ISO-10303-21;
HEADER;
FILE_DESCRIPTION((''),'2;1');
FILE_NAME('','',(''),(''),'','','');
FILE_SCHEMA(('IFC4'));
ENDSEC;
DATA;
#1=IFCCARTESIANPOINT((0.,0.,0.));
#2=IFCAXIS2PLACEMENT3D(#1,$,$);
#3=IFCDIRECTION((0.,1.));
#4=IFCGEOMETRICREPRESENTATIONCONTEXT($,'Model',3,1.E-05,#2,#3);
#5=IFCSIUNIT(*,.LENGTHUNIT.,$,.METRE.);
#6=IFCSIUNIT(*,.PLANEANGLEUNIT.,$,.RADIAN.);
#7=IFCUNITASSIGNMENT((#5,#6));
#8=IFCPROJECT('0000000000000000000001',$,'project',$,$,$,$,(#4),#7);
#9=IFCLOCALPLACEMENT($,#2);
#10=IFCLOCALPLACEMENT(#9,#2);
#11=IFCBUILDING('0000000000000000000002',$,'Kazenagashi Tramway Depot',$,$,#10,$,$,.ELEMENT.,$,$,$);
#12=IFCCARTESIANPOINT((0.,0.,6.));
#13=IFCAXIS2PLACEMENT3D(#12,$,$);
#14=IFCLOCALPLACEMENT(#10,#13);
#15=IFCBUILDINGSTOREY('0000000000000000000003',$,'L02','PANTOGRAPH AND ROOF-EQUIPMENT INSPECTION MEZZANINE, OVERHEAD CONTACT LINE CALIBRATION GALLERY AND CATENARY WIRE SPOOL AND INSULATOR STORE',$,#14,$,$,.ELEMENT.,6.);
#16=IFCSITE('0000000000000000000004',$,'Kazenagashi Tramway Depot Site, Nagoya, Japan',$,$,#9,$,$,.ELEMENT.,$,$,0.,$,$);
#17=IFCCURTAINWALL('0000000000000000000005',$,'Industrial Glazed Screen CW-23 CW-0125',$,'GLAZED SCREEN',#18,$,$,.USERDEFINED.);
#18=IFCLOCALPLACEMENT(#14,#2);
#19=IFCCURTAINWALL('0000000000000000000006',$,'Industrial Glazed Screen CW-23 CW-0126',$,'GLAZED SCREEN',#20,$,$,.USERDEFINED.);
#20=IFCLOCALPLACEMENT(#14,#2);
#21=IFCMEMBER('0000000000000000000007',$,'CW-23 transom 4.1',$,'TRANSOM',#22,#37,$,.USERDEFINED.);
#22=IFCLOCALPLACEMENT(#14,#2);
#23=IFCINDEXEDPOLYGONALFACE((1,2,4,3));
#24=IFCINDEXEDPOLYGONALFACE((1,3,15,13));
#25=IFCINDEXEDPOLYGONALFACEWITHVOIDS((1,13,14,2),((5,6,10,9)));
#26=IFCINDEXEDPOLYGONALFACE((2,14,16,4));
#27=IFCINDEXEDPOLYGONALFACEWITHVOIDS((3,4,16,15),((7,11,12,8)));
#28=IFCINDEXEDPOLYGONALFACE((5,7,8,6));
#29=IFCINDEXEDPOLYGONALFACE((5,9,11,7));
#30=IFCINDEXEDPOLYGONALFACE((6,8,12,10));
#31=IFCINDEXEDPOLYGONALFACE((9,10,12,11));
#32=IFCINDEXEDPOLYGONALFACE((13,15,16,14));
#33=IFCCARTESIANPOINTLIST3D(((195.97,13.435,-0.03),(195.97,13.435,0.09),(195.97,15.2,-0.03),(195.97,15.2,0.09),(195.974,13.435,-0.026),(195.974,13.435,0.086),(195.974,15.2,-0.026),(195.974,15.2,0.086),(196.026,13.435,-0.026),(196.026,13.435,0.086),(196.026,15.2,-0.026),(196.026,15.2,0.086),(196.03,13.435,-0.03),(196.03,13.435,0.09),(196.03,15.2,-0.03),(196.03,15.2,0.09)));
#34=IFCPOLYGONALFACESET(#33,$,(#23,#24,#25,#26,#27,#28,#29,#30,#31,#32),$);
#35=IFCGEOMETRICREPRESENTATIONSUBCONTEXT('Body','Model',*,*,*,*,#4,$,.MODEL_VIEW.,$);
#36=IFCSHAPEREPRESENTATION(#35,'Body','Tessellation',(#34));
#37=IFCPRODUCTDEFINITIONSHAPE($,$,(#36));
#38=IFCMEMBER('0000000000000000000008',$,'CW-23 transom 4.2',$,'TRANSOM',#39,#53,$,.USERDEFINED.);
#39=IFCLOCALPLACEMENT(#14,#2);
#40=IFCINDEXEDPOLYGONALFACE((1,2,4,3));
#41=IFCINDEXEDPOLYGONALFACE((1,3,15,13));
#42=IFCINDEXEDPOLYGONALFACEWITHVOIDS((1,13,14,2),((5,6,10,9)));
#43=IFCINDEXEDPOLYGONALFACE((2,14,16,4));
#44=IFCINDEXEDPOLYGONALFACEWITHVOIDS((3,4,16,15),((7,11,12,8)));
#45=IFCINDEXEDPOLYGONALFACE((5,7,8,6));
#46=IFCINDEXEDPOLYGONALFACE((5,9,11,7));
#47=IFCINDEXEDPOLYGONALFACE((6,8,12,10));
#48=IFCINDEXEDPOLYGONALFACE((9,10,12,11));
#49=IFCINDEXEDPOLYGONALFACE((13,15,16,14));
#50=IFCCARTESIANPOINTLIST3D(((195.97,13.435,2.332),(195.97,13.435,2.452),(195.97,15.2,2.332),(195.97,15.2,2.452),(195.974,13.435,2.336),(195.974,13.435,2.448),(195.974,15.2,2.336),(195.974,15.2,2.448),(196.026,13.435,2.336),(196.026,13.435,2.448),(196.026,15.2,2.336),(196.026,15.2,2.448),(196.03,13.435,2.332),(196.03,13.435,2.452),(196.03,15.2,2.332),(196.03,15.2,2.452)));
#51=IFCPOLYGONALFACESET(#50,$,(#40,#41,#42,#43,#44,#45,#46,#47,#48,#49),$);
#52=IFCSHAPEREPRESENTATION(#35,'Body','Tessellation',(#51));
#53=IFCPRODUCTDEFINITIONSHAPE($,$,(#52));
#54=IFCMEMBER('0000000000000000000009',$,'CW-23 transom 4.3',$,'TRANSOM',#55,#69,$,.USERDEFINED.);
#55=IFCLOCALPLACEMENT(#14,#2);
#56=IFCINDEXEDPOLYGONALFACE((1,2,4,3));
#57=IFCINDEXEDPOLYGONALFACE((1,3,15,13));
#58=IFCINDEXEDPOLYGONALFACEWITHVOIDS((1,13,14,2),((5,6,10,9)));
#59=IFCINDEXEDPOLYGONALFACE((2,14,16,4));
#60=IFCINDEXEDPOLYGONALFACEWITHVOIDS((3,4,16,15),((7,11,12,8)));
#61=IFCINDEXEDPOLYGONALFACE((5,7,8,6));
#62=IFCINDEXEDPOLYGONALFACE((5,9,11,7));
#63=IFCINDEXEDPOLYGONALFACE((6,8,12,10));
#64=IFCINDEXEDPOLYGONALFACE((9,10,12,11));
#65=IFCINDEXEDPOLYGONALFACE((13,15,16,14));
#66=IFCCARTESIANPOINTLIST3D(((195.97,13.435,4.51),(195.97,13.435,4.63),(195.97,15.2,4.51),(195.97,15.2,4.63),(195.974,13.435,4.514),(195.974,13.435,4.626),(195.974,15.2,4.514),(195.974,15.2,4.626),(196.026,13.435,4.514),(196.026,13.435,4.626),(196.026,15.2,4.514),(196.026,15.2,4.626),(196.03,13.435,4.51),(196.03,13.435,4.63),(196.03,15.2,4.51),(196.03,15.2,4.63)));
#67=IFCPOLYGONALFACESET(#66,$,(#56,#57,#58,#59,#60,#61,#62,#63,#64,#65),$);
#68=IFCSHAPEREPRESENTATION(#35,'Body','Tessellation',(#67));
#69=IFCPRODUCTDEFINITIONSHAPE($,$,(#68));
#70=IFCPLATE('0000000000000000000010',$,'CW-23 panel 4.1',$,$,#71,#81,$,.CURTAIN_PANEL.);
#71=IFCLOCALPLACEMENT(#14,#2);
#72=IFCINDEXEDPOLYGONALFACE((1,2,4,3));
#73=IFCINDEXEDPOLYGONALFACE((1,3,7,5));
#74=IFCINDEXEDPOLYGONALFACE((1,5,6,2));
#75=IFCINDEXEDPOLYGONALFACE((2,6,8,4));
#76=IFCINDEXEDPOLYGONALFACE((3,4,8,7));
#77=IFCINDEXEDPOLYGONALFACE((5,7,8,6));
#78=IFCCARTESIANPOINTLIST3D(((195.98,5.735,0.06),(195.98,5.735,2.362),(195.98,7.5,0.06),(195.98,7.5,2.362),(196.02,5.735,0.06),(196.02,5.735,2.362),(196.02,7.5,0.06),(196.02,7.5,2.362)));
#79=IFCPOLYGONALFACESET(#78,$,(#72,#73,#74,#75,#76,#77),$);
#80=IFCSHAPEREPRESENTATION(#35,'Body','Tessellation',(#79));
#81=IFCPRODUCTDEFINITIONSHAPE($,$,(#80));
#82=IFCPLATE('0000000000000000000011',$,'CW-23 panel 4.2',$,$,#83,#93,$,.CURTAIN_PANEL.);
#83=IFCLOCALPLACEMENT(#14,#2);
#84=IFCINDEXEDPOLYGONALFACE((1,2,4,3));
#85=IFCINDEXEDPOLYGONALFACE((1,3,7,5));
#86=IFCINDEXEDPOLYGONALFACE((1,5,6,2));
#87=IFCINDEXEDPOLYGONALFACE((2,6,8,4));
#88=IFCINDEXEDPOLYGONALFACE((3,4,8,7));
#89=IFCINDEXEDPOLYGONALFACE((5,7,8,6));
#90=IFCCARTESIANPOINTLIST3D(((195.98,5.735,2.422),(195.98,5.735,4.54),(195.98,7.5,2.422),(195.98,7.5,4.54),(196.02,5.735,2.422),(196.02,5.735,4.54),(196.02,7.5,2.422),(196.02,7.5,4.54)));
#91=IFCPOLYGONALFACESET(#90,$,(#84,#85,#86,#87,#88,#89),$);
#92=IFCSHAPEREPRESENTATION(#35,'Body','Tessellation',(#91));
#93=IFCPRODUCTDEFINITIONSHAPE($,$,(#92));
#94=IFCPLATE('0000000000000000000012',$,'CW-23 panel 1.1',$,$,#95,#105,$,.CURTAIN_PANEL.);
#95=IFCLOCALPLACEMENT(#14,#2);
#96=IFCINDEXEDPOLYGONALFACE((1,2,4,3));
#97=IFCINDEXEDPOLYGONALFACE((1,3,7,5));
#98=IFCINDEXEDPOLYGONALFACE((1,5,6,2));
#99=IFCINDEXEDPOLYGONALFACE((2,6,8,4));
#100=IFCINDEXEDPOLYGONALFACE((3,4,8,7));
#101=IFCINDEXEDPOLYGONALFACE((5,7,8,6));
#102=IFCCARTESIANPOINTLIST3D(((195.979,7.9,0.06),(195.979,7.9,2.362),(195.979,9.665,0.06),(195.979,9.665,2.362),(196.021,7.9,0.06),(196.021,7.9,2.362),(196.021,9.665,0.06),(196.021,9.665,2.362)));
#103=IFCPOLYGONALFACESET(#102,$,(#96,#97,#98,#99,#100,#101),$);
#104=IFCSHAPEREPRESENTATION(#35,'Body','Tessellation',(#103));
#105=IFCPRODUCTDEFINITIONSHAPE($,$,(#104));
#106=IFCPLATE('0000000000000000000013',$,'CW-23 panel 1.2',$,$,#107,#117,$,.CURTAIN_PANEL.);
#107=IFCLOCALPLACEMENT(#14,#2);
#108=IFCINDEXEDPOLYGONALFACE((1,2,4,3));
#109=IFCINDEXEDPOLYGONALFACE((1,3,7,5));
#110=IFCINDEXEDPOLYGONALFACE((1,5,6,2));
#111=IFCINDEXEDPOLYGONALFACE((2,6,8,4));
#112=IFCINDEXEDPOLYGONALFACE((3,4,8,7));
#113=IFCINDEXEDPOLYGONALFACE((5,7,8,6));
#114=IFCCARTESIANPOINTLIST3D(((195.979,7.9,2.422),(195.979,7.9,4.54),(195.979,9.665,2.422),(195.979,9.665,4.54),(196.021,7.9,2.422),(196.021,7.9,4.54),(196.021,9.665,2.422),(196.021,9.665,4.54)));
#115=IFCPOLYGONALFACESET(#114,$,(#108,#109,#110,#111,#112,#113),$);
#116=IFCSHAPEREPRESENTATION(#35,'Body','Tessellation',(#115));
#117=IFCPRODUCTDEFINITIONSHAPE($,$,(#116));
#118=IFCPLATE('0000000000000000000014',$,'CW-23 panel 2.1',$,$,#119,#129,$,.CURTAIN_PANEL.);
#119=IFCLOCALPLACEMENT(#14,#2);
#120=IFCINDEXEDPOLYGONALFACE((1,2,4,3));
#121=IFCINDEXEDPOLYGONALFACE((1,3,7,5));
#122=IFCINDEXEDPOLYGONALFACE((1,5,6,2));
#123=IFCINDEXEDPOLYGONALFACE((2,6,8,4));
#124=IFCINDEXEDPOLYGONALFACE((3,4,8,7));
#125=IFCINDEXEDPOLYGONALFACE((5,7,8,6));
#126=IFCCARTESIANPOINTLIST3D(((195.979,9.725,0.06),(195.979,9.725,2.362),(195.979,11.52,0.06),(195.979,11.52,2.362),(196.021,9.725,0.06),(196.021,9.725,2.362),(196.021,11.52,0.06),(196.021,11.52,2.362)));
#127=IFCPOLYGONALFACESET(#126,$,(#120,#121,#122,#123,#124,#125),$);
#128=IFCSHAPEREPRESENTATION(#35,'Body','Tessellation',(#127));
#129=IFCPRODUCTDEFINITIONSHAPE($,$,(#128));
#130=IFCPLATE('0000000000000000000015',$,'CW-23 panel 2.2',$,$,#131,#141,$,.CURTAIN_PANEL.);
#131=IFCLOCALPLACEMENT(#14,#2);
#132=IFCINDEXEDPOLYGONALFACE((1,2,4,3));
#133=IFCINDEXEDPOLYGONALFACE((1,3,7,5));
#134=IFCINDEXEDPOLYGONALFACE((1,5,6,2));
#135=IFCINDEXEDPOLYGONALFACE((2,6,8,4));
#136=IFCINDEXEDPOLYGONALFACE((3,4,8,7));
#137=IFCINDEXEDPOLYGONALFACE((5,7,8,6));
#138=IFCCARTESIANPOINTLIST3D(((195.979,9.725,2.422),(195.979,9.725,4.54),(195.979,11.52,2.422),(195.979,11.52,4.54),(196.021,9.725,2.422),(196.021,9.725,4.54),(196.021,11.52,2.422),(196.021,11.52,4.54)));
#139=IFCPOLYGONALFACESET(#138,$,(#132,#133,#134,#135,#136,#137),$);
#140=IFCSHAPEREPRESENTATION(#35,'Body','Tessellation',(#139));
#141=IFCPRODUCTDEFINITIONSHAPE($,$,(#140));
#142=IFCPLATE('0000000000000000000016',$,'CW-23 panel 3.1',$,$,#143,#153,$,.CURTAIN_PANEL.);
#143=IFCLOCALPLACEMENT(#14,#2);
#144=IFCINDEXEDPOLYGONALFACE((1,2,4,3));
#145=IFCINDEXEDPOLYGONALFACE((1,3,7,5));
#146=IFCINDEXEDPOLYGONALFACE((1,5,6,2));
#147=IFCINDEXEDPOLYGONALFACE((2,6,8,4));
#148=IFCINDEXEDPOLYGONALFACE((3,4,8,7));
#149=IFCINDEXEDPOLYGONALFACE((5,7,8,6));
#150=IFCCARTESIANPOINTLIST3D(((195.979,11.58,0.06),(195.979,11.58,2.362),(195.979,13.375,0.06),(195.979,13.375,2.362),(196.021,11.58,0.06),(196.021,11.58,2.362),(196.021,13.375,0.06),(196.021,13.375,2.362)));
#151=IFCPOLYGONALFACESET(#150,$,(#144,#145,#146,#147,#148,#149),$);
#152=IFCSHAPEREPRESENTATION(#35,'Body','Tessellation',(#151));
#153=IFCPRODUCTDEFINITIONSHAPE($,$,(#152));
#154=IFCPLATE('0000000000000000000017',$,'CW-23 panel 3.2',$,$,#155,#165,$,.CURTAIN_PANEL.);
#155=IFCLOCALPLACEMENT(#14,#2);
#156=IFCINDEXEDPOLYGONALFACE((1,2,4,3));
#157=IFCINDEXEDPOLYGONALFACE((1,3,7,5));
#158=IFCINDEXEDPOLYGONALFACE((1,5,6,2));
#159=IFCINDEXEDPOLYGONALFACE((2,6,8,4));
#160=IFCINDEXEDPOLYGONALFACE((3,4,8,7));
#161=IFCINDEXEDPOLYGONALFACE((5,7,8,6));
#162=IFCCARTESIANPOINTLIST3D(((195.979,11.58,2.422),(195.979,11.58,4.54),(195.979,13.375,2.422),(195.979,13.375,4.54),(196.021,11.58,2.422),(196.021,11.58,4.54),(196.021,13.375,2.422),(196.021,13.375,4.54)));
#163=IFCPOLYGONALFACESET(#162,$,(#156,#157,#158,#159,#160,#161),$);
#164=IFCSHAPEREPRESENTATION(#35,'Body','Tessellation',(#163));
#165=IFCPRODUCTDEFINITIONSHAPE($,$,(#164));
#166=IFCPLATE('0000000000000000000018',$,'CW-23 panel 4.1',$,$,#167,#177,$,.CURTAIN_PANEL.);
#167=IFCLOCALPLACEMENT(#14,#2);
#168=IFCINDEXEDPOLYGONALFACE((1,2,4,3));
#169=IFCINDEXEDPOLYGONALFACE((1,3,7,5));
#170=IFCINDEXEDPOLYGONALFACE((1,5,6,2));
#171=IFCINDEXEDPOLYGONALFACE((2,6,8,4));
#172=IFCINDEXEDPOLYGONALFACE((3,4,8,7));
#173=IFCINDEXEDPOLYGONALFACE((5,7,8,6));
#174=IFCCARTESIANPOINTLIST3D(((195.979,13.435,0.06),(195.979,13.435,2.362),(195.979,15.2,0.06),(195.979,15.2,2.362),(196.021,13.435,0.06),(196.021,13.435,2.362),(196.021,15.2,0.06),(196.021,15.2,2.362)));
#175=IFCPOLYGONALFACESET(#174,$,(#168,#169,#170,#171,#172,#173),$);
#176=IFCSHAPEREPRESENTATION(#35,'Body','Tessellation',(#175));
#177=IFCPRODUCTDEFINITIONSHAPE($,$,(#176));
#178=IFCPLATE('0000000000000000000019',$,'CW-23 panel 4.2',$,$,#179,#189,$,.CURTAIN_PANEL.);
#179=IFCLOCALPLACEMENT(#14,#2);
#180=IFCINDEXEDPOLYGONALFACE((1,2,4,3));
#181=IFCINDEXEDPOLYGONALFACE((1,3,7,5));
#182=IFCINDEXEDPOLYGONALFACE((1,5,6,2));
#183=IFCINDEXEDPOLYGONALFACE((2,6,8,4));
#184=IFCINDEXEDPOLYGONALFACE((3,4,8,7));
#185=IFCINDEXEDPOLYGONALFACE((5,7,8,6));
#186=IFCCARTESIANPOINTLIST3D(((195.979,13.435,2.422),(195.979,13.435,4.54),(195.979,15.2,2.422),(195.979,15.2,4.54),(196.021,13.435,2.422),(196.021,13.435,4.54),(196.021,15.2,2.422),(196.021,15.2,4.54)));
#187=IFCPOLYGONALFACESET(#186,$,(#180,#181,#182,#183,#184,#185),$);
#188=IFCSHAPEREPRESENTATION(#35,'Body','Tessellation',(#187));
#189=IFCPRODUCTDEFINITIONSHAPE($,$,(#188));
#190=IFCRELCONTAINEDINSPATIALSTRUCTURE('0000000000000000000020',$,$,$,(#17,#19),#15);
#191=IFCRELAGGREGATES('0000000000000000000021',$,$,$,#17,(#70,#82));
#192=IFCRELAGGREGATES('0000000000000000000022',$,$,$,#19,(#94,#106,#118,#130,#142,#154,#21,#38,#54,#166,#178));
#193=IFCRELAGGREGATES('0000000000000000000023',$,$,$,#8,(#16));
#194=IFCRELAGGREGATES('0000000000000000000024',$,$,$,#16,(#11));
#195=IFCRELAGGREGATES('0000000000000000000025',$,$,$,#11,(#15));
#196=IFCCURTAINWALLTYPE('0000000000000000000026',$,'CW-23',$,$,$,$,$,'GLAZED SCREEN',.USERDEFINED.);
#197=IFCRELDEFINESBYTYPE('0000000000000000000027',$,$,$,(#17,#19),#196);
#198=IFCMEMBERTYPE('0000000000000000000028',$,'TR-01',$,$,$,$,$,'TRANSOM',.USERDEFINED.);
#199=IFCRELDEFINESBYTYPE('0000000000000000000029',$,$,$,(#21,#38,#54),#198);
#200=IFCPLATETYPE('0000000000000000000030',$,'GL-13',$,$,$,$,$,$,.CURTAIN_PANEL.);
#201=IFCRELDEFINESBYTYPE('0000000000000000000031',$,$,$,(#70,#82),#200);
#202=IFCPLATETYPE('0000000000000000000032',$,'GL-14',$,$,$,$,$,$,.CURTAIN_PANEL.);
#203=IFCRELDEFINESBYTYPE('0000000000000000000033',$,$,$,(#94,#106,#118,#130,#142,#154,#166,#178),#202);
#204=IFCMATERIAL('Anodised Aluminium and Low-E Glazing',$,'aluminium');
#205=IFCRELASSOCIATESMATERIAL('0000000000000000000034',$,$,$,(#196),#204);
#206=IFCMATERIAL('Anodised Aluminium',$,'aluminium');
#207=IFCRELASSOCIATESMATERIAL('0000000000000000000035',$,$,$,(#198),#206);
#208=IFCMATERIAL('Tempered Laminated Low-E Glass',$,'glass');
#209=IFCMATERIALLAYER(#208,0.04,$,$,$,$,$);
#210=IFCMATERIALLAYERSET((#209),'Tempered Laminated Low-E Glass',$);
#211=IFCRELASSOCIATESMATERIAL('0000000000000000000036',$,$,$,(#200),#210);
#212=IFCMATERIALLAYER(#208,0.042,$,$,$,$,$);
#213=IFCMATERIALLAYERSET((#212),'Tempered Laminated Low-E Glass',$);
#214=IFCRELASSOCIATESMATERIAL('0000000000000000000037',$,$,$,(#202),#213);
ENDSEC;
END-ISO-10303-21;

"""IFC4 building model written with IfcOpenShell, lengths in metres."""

from ifc_helpers import new_model, si_unit, direction, frame, origin, origin_2d, place, context, subcontext, project, spatial, rectangle, hollow_rectangle, extrude, material, layer, layer_set, material_profile, profile_set, type_object, element, aggregate, save


model = new_model("IFC4")

# Units and contexts
model_context = context("Model", 3, precision=1e-05, world=origin(), true_north=direction((0.0, 1.0)))
body_context = subcontext(model_context, "Body", "Model", "MODEL_VIEW")
ifc_project = project(units=[si_unit("LENGTHUNIT", "METRE"), si_unit("PLANEANGLEUNIT", "RADIAN")], contexts=[model_context])

# Site, building, storey
site_placement = place(None, origin())
site = spatial("IfcSite", under=ifc_project, at=site_placement, Name="Kazenagashi Tramway Depot Site, Nagoya, Japan", CompositionType="ELEMENT", RefElevation=0.0)
building_placement = place(site_placement, origin())
building = spatial("IfcBuilding", under=site, at=building_placement, Name="Kazenagashi Tramway Depot", CompositionType="ELEMENT")
storey_placement = place(building_placement, frame((0.0, 0.0, 6.0)))
storey = spatial("IfcBuildingStorey", under=building, at=storey_placement, Name="L02", Description="PANTOGRAPH AND ROOF-EQUIPMENT INSPECTION MEZZANINE, OVERHEAD CONTACT LINE CALIBRATION GALLERY AND CATENARY WIRE SPOOL AND INSULATOR STORE", CompositionType="ELEMENT", Elevation=6.0)

# Curtain wall
ifc_material_1 = material(Name="Anodised Aluminium and Low-E Glazing", Category="aluminium")
curtain_wall_type = type_object("IfcCurtainWallType", Name="CW-23", ElementType="GLAZED SCREEN", PredefinedType="USERDEFINED", material=ifc_material_1)
curtain_wall_1_placement = place(storey_placement, origin())
curtain_wall_1 = element("IfcCurtainWall", 1, at=curtain_wall_1_placement, inside=storey, type_object=curtain_wall_type, Name="Industrial Glazed Screen CW-23 CW-0125", ObjectType="GLAZED SCREEN", PredefinedType="USERDEFINED")
ifc_material_2 = material(Name="Anodised Aluminium", Category="aluminium")

# Curtain wall
curtain_wall_2_placement = place(storey_placement, origin())
curtain_wall_2 = element("IfcCurtainWall", 2, at=curtain_wall_2_placement, inside=storey, type_object=curtain_wall_type, Name="Industrial Glazed Screen CW-23 CW-0126", ObjectType="GLAZED SCREEN", PredefinedType="USERDEFINED")

# Members
ifc_material_profile_1 = material_profile(ifc_material_2, hollow_rectangle(XDim=0.06, YDim=0.12, WallThickness=0.004, at=origin_2d()), Name="RHS-120x60x4")
ifc_profile_set_1 = profile_set([ifc_material_profile_1], Name="Anodised Aluminium")
member_type_1 = type_object("IfcMemberType", Name="TR-01", ElementType="TRANSOM", PredefinedType="USERDEFINED", material=ifc_profile_set_1)
member_1_placement = place(storey_placement, frame((196.0, 13.435, 0.03), z_axis=(0.0, 1.0, 0.0), x_axis=(-1.0, 0.0, 0.0)))
member_1 = element("IfcMember", 3, at=member_1_placement, type_object=member_type_1, Name="CW-23 transom 4.1", ObjectType="TRANSOM", PredefinedType="USERDEFINED", context=body_context, shape_type="SweptSolid", body=[
    extrude(hollow_rectangle(XDim=0.06, YDim=0.12, WallThickness=0.004, at=origin_2d()), origin(), (0.0, 0.0, 1.0), 1.765),
])
member_2_placement = place(storey_placement, frame((196.0, 13.435, 2.392), z_axis=(0.0, 1.0, 0.0), x_axis=(-1.0, 0.0, 0.0)))
member_2 = element("IfcMember", 4, at=member_2_placement, type_object=member_type_1, Name="CW-23 transom 4.2", ObjectType="TRANSOM", PredefinedType="USERDEFINED", context=body_context, shape_type="SweptSolid", body=[
    extrude(hollow_rectangle(XDim=0.06, YDim=0.12, WallThickness=0.004, at=origin_2d()), origin(), (0.0, 0.0, 1.0), 1.765),
])
member_3_placement = place(storey_placement, frame((196.0, 13.435, 4.57), z_axis=(0.0, 1.0, 0.0), x_axis=(-1.0, 0.0, 0.0)))
member_3 = element("IfcMember", 5, at=member_3_placement, type_object=member_type_1, Name="CW-23 transom 4.3", ObjectType="TRANSOM", PredefinedType="USERDEFINED", context=body_context, shape_type="SweptSolid", body=[
    extrude(hollow_rectangle(XDim=0.06, YDim=0.12, WallThickness=0.004, at=origin_2d()), origin(), (0.0, 0.0, 1.0), 1.765),
])

# Plates
ifc_material_3 = material(Name="Tempered Laminated Low-E Glass", Category="glass")
ifc_layer_1 = layer(ifc_material_3, 0.04)
ifc_layer_set_1 = layer_set([ifc_layer_1], Name="Tempered Laminated Low-E Glass")
plate_type_1 = type_object("IfcPlateType", Name="GL-13", PredefinedType="CURTAIN_PANEL", material=ifc_layer_set_1)
plate_1_placement = place(storey_placement, frame((196.0, 6.6175, 0.06), z_axis=(0.0, 0.0, 1.0), x_axis=(0.0, 1.0, 0.0)))
plate_1 = element("IfcPlate", 6, at=plate_1_placement, type_object=plate_type_1, Name="CW-23 panel 4.1", PredefinedType="CURTAIN_PANEL", context=body_context, shape_type="SweptSolid", body=[
    extrude(rectangle(XDim=1.765, YDim=0.04, at=origin_2d()), origin(), (0.0, 0.0, 1.0), 2.302),
])
plate_2_placement = place(storey_placement, frame((196.0, 6.6175, 2.422), z_axis=(0.0, 0.0, 1.0), x_axis=(0.0, 1.0, 0.0)))
plate_2 = element("IfcPlate", 7, at=plate_2_placement, type_object=plate_type_1, Name="CW-23 panel 4.2", PredefinedType="CURTAIN_PANEL", context=body_context, shape_type="SweptSolid", body=[
    extrude(rectangle(XDim=1.765, YDim=0.04, at=origin_2d()), origin(), (0.0, 0.0, 1.0), 2.118),
])
aggregate(curtain_wall_1, [plate_1, plate_2])
ifc_layer_2 = layer(ifc_material_3, 0.042)
ifc_layer_set_2 = layer_set([ifc_layer_2], Name="Tempered Laminated Low-E Glass")
plate_type_2 = type_object("IfcPlateType", Name="GL-14", PredefinedType="CURTAIN_PANEL", material=ifc_layer_set_2)
plate_3_placement = place(storey_placement, frame((196.0, 8.7825, 0.06), z_axis=(0.0, 0.0, 1.0), x_axis=(0.0, 1.0, 0.0)))
plate_3 = element("IfcPlate", 8, at=plate_3_placement, type_object=plate_type_2, Name="CW-23 panel 1.1", PredefinedType="CURTAIN_PANEL", context=body_context, shape_type="SweptSolid", body=[
    extrude(rectangle(XDim=1.765, YDim=0.042, at=origin_2d()), origin(), (0.0, 0.0, 1.0), 2.302),
])
plate_4_placement = place(storey_placement, frame((196.0, 8.7825, 2.422), z_axis=(0.0, 0.0, 1.0), x_axis=(0.0, 1.0, 0.0)))
plate_4 = element("IfcPlate", 9, at=plate_4_placement, type_object=plate_type_2, Name="CW-23 panel 1.2", PredefinedType="CURTAIN_PANEL", context=body_context, shape_type="SweptSolid", body=[
    extrude(rectangle(XDim=1.765, YDim=0.042, at=origin_2d()), origin(), (0.0, 0.0, 1.0), 2.118),
])
plate_5_placement = place(storey_placement, frame((196.0, 10.6225, 0.06), z_axis=(0.0, 0.0, 1.0), x_axis=(0.0, 1.0, 0.0)))
plate_5 = element("IfcPlate", 10, at=plate_5_placement, type_object=plate_type_2, Name="CW-23 panel 2.1", PredefinedType="CURTAIN_PANEL", context=body_context, shape_type="SweptSolid", body=[
    extrude(rectangle(XDim=1.795, YDim=0.042, at=origin_2d()), origin(), (0.0, 0.0, 1.0), 2.302),
])
plate_6_placement = place(storey_placement, frame((196.0, 10.6225, 2.422), z_axis=(0.0, 0.0, 1.0), x_axis=(0.0, 1.0, 0.0)))
plate_6 = element("IfcPlate", 11, at=plate_6_placement, type_object=plate_type_2, Name="CW-23 panel 2.2", PredefinedType="CURTAIN_PANEL", context=body_context, shape_type="SweptSolid", body=[
    extrude(rectangle(XDim=1.795, YDim=0.042, at=origin_2d()), origin(), (0.0, 0.0, 1.0), 2.118),
])
plate_7_placement = place(storey_placement, frame((196.0, 12.4775, 0.06), z_axis=(0.0, 0.0, 1.0), x_axis=(0.0, 1.0, 0.0)))
plate_7 = element("IfcPlate", 12, at=plate_7_placement, type_object=plate_type_2, Name="CW-23 panel 3.1", PredefinedType="CURTAIN_PANEL", context=body_context, shape_type="SweptSolid", body=[
    extrude(rectangle(XDim=1.795, YDim=0.042, at=origin_2d()), origin(), (0.0, 0.0, 1.0), 2.302),
])
plate_8_placement = place(storey_placement, frame((196.0, 12.4775, 2.422), z_axis=(0.0, 0.0, 1.0), x_axis=(0.0, 1.0, 0.0)))
plate_8 = element("IfcPlate", 13, at=plate_8_placement, type_object=plate_type_2, Name="CW-23 panel 3.2", PredefinedType="CURTAIN_PANEL", context=body_context, shape_type="SweptSolid", body=[
    extrude(rectangle(XDim=1.795, YDim=0.042, at=origin_2d()), origin(), (0.0, 0.0, 1.0), 2.118),
])
plate_9_placement = place(storey_placement, frame((196.0, 14.3175, 0.06), z_axis=(0.0, 0.0, 1.0), x_axis=(0.0, 1.0, 0.0)))
plate_9 = element("IfcPlate", 14, at=plate_9_placement, type_object=plate_type_2, Name="CW-23 panel 4.1", PredefinedType="CURTAIN_PANEL", context=body_context, shape_type="SweptSolid", body=[
    extrude(rectangle(XDim=1.765, YDim=0.042, at=origin_2d()), origin(), (0.0, 0.0, 1.0), 2.302),
])
plate_10_placement = place(storey_placement, frame((196.0, 14.3175, 2.422), z_axis=(0.0, 0.0, 1.0), x_axis=(0.0, 1.0, 0.0)))
plate_10 = element("IfcPlate", 15, at=plate_10_placement, type_object=plate_type_2, Name="CW-23 panel 4.2", PredefinedType="CURTAIN_PANEL", context=body_context, shape_type="SweptSolid", body=[
    extrude(rectangle(XDim=1.765, YDim=0.042, at=origin_2d()), origin(), (0.0, 0.0, 1.0), 2.118),
])
aggregate(curtain_wall_2, [plate_3, plate_4, plate_5, plate_6, plate_7, plate_8, member_1, member_2, member_3, plate_9, plate_10])

save(model, "model.ifc")
